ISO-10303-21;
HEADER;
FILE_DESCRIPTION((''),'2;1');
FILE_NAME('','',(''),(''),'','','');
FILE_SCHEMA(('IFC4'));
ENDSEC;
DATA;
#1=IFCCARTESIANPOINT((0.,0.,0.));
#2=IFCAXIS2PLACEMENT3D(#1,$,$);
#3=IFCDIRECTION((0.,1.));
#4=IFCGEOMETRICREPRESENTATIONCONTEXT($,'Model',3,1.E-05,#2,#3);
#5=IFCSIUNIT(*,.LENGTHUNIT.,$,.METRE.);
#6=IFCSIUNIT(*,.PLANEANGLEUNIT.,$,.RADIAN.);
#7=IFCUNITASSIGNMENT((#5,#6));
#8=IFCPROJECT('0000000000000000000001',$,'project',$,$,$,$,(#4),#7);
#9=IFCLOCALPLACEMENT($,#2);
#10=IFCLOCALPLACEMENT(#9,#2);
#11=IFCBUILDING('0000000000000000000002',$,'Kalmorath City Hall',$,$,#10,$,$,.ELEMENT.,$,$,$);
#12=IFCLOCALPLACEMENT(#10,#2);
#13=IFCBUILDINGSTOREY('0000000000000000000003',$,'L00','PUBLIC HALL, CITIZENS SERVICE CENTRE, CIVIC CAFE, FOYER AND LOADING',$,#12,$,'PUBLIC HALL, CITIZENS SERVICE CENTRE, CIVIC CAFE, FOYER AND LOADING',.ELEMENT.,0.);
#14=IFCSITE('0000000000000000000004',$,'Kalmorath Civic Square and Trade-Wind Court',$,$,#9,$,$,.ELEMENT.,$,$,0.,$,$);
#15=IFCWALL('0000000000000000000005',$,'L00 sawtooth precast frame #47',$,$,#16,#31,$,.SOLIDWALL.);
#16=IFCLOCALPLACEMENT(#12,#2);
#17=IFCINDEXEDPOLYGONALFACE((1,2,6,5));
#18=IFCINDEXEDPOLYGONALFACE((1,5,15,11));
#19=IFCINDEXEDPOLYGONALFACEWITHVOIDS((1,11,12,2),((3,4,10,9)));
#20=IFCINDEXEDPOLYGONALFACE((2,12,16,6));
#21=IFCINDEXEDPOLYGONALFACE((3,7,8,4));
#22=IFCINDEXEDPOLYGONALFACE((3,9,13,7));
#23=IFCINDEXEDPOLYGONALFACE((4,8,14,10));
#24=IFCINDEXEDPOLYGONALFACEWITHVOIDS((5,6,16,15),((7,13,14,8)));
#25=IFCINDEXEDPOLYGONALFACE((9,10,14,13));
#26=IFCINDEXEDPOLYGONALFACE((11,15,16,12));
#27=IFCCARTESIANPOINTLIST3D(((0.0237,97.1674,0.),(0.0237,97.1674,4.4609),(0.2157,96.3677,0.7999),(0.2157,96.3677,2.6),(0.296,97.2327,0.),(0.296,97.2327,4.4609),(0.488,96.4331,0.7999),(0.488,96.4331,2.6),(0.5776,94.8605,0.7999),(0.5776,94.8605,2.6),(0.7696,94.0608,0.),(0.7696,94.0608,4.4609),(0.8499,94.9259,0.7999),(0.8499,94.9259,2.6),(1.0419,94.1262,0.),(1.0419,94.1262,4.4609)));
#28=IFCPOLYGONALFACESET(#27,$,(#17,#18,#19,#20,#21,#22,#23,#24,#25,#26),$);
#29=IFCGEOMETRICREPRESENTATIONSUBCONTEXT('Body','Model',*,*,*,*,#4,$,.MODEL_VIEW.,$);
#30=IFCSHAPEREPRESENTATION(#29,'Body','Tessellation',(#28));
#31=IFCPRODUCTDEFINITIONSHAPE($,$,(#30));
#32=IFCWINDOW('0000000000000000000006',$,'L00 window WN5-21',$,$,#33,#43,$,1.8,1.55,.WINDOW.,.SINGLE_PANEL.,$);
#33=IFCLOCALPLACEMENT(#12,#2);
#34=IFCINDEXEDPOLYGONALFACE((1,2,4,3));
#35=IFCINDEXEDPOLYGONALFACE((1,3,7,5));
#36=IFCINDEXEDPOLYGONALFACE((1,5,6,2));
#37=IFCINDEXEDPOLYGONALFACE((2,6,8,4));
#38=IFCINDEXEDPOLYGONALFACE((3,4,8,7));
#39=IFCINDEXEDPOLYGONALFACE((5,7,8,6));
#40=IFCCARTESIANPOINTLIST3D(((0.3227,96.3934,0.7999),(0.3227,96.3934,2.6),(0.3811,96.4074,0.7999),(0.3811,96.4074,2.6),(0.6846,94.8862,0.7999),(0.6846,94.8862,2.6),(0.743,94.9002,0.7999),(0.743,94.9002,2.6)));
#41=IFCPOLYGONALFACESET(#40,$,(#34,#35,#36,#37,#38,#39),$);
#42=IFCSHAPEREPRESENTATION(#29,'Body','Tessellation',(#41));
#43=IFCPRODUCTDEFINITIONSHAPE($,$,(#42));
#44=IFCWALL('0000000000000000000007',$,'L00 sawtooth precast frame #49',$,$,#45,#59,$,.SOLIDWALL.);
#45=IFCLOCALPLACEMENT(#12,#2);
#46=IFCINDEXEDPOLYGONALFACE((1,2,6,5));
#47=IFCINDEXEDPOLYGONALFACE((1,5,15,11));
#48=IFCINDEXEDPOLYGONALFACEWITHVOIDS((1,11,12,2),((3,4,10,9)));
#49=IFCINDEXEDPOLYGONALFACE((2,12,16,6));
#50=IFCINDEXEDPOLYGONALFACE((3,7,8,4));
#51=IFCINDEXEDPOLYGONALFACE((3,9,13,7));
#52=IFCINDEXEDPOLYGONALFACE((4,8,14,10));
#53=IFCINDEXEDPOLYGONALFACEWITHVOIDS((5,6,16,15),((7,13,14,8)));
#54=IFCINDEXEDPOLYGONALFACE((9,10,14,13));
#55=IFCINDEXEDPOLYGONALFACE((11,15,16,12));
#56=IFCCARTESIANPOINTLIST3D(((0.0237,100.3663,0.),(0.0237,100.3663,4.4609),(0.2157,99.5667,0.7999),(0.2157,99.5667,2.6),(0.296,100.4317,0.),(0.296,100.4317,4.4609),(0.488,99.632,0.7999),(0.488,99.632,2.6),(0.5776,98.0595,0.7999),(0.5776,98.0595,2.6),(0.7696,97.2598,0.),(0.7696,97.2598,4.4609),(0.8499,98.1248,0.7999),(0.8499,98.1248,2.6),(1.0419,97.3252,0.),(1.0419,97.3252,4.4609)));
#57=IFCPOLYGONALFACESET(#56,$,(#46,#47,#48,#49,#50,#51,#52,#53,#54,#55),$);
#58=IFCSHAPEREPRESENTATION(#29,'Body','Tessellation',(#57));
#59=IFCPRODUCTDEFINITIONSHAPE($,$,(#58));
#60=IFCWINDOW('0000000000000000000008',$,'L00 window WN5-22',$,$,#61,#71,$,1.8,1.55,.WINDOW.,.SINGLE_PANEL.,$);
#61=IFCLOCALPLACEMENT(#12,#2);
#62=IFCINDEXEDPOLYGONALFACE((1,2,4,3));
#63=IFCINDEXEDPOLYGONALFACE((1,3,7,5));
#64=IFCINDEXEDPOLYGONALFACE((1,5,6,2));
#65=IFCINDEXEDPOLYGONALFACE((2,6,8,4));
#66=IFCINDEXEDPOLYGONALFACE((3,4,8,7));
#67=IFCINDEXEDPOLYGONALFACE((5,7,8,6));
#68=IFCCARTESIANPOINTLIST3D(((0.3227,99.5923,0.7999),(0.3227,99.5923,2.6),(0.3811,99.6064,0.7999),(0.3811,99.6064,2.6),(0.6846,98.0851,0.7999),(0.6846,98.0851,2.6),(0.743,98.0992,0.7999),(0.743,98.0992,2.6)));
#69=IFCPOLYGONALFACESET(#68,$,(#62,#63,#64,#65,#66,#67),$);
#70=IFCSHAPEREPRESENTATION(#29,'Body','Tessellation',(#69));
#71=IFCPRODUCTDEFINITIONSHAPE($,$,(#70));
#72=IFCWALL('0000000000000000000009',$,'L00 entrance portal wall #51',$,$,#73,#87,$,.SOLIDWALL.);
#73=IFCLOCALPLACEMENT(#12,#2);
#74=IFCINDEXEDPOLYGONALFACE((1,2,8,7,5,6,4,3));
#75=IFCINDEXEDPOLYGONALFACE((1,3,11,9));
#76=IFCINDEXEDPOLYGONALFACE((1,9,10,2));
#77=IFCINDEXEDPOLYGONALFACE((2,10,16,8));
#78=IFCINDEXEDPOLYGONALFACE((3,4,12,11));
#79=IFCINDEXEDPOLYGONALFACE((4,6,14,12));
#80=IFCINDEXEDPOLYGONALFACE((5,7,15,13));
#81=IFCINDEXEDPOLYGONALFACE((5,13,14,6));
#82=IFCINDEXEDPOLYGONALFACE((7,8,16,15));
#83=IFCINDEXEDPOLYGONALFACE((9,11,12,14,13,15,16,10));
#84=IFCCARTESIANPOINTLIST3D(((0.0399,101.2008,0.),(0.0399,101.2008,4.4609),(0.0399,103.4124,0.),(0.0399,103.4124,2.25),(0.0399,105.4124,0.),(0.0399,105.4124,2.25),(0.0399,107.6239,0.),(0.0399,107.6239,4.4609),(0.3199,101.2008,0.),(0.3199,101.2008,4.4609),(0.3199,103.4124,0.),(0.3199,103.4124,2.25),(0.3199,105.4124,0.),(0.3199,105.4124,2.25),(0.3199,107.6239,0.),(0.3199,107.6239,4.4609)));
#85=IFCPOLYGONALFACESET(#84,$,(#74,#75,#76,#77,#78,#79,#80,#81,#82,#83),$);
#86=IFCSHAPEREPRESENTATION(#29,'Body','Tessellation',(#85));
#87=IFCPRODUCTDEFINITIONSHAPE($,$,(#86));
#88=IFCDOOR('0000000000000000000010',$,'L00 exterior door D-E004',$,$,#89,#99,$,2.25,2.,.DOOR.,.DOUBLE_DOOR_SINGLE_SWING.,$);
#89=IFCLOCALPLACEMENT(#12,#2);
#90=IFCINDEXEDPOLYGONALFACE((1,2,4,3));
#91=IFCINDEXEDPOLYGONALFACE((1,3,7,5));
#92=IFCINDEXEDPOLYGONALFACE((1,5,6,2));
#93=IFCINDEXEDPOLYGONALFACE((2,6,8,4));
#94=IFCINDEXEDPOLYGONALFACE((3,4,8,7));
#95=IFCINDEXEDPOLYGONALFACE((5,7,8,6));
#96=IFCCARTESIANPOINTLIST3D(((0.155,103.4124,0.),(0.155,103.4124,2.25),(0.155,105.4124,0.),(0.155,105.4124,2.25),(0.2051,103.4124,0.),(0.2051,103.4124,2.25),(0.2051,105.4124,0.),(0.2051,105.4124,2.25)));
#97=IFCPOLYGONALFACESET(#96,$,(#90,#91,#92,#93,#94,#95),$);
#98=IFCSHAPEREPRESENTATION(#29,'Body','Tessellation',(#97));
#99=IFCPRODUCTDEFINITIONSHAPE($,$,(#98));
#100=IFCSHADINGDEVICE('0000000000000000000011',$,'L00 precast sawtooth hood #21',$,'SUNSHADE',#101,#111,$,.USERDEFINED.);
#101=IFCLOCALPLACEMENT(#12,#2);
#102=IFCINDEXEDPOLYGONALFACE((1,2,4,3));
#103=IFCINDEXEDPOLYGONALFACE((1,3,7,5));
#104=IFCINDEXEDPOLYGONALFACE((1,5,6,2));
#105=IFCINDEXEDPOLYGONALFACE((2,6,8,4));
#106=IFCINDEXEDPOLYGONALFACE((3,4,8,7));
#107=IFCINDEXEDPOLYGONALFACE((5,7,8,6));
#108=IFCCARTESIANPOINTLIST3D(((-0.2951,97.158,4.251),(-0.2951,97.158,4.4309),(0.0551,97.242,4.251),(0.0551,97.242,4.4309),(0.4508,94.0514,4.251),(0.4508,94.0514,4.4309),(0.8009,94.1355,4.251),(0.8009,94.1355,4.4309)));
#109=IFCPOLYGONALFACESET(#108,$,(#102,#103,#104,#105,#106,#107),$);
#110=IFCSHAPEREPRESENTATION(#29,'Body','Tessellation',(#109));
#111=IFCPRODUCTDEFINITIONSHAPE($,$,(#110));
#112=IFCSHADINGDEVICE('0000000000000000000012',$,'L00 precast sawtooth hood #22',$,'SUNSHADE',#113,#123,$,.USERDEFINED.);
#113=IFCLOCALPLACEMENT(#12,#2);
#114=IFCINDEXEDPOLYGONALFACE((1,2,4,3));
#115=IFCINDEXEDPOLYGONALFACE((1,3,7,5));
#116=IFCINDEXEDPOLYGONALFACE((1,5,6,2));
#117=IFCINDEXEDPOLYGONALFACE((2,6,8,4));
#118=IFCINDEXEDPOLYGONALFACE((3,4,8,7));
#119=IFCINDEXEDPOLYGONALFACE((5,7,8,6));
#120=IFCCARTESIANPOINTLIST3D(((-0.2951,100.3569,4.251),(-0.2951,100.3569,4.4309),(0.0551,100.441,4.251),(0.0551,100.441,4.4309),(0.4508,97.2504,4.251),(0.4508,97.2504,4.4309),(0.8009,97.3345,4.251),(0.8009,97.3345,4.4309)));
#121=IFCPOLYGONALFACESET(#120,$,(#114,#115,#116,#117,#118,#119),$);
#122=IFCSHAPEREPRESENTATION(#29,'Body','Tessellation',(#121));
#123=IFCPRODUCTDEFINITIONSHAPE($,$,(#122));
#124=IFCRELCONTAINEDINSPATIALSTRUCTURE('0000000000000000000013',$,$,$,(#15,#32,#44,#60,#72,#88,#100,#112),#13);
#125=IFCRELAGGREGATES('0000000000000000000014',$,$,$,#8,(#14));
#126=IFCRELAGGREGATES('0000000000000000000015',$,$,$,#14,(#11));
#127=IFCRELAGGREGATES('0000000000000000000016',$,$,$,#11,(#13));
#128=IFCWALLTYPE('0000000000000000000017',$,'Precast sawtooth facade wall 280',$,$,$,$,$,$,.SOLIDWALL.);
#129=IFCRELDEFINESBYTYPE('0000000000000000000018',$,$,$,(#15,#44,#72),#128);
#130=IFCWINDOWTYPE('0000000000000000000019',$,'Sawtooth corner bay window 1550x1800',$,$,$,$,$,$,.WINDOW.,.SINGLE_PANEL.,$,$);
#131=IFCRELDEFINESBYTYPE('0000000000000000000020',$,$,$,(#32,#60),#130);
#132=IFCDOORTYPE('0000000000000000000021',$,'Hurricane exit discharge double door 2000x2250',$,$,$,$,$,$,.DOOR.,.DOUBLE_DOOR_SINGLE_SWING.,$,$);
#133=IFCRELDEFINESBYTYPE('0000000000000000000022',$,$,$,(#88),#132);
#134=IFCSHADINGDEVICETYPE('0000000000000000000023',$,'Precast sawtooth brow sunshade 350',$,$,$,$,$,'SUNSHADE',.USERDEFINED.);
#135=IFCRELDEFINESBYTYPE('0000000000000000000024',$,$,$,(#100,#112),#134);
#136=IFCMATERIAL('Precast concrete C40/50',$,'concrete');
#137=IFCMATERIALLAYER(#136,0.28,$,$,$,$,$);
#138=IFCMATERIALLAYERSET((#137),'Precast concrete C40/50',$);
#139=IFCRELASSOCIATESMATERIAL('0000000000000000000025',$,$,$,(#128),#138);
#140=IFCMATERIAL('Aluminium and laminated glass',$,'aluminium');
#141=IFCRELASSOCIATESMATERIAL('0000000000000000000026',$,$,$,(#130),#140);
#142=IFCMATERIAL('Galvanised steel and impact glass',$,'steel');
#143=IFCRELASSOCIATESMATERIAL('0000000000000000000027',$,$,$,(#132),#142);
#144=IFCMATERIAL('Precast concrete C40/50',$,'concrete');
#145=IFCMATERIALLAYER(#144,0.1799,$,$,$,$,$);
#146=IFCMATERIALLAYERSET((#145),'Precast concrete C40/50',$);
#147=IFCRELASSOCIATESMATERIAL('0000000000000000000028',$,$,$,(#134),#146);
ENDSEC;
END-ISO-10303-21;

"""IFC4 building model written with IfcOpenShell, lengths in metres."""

from ifc_helpers import new_model, si_unit, direction, frame, frame_2d, origin, origin_2d, place, context, subcontext, project, spatial, rectangle, extrude, material, layer, layer_set, type_object, element, fill, save


model = new_model("IFC4")

# Units and contexts
model_context = context("Model", 3, precision=1e-05, world=origin(), true_north=direction((0.0, 1.0)))
body_context = subcontext(model_context, "Body", "Model", "MODEL_VIEW")
ifc_project = project(units=[si_unit("LENGTHUNIT", "METRE"), si_unit("PLANEANGLEUNIT", "RADIAN")], contexts=[model_context])

# Site, building, storey
site_placement = place(None, origin())
site = spatial("IfcSite", under=ifc_project, at=site_placement, Name="Kalmorath Civic Square and Trade-Wind Court", CompositionType="ELEMENT", RefElevation=0.0)
building_placement = place(site_placement, origin())
building = spatial("IfcBuilding", under=site, at=building_placement, Name="Kalmorath City Hall", CompositionType="ELEMENT")
storey_placement = place(building_placement, origin())
storey = spatial("IfcBuildingStorey", under=building, at=storey_placement, Name="L00", Description="PUBLIC HALL, CITIZENS SERVICE CENTRE, CIVIC CAFE, FOYER AND LOADING", LongName="PUBLIC HALL, CITIZENS SERVICE CENTRE, CIVIC CAFE, FOYER AND LOADING", CompositionType="ELEMENT", Elevation=0.0)

# Walls, openings, windows
ifc_material_1 = material(Name="Precast concrete C40/50", Category="concrete")
ifc_layer_1 = layer(ifc_material_1, 0.28)
ifc_layer_set_1 = layer_set([ifc_layer_1], Name="Precast concrete C40/50")
wall_type_1 = type_object("IfcWallType", Name="Precast sawtooth facade wall 280", PredefinedType="SOLIDWALL", material=ifc_layer_set_1)
wall_1_placement = place(storey_placement, frame((0.9058, 94.0935, 0.0), z_axis=(0.0, 0.0, 1.0), x_axis=(-0.233463, 0.972366, 0.0)))
wall_1 = element("IfcWall", 1, at=wall_1_placement, inside=storey, type_object=wall_type_1, Name="L00 sawtooth precast frame #47", PredefinedType="SOLIDWALL", context=body_context, shape_type="SweptSolid", body=[
    extrude(rectangle(XDim=3.1948, YDim=0.28, at=frame_2d((1.5974, 0.0))), origin(), (0.0, 0.0, 1.0), 4.4609),
])
opening_1_placement = place(wall_1_placement, frame((0.8225, 0.0, 0.8)))
opening_1 = element("IfcOpeningElement", 2, at=opening_1_placement, cuts=wall_1, PredefinedType="OPENING", context=body_context, shape_type="SweptSolid", body=[
    extrude(rectangle(XDim=1.55, YDim=1.8, at=frame_2d((0.7749, 0.8999))), frame((0.0, 0.1499, 0.0), z_axis=(0.0, -1.0, 0.0), x_axis=(1.0, 0.0, 0.0)), (0.0, 0.0, 1.0), 0.3),
])
ifc_material_2 = material(Name="Aluminium and laminated glass", Category="aluminium")
window_type = type_object("IfcWindowType", Name="Sawtooth corner bay window 1550x1800", PartitioningType="SINGLE_PANEL", PredefinedType="WINDOW", material=ifc_material_2)
window_1_placement = place(opening_1_placement, origin())
window_1 = element("IfcWindow", 3, at=window_1_placement, inside=storey, type_object=window_type, Name="L00 window WN5-21", OverallHeight=1.8, OverallWidth=1.55, PartitioningType="SINGLE_PANEL", PredefinedType="WINDOW", context=body_context, shape_type="SweptSolid", body=[
    extrude(rectangle(XDim=1.55, YDim=1.8, at=frame_2d((0.7749, 0.8999))), frame((0.0, 0.03, 0.0), z_axis=(0.0, -1.0, 0.0), x_axis=(1.0, 0.0, 0.0)), (0.0, 0.0, 1.0), 0.0601),
])
fill(opening_1, window_1)
wall_2_placement = place(storey_placement, frame((0.9058, 97.2925, 0.0), z_axis=(0.0, 0.0, 1.0), x_axis=(-0.233463, 0.972366, 0.0)))
wall_2 = element("IfcWall", 4, at=wall_2_placement, inside=storey, type_object=wall_type_1, Name="L00 sawtooth precast frame #49", PredefinedType="SOLIDWALL", context=body_context, shape_type="SweptSolid", body=[
    extrude(rectangle(XDim=3.1948, YDim=0.28, at=frame_2d((1.5974, 0.0))), origin(), (0.0, 0.0, 1.0), 4.4609),
])
opening_2_placement = place(wall_2_placement, frame((0.8225, 0.0, 0.8)))
opening_2 = element("IfcOpeningElement", 5, at=opening_2_placement, cuts=wall_2, PredefinedType="OPENING", context=body_context, shape_type="SweptSolid", body=[
    extrude(rectangle(XDim=1.55, YDim=1.8, at=frame_2d((0.7749, 0.8999))), frame((0.0, 0.1499, 0.0), z_axis=(0.0, -1.0, 0.0), x_axis=(1.0, 0.0, 0.0)), (0.0, 0.0, 1.0), 0.3),
])
window_2_placement = place(opening_2_placement, origin())
window_2 = element("IfcWindow", 6, at=window_2_placement, inside=storey, type_object=window_type, Name="L00 window WN5-22", OverallHeight=1.8, OverallWidth=1.55, PartitioningType="SINGLE_PANEL", PredefinedType="WINDOW", context=body_context, shape_type="SweptSolid", body=[
    extrude(rectangle(XDim=1.55, YDim=1.8, at=frame_2d((0.7749, 0.8999))), frame((0.0, 0.03, 0.0), z_axis=(0.0, -1.0, 0.0), x_axis=(1.0, 0.0, 0.0)), (0.0, 0.0, 1.0), 0.0601),
])
fill(opening_2, window_2)

# Wall, opening, door
wall_3_placement = place(storey_placement, frame((0.1799, 101.2009, 0.0), z_axis=(0.0, 0.0, 1.0), x_axis=(0.0, 1.0, 0.0)))
wall_3 = element("IfcWall", 7, at=wall_3_placement, inside=storey, type_object=wall_type_1, Name="L00 entrance portal wall #51", PredefinedType="SOLIDWALL", context=body_context, shape_type="SweptSolid", body=[
    extrude(rectangle(XDim=6.4231, YDim=0.28, at=frame_2d((3.2114, 0.0))), origin(), (0.0, 0.0, 1.0), 4.4609),
])
opening_3_placement = place(wall_3_placement, frame((2.2114, 0.0, 0.0)))
opening_3 = element("IfcOpeningElement", 8, at=opening_3_placement, cuts=wall_3, PredefinedType="OPENING", context=body_context, shape_type="SweptSolid", body=[
    extrude(rectangle(XDim=2.0, YDim=2.25, at=frame_2d((1.0, 1.125))), frame((0.0, 0.1499, 0.0), z_axis=(0.0, -1.0, 0.0), x_axis=(1.0, 0.0, 0.0)), (0.0, 0.0, 1.0), 0.3),
])
ifc_material_3 = material(Name="Galvanised steel and impact glass", Category="steel")
door_type_1 = type_object("IfcDoorType", Name="Hurricane exit discharge double door 2000x2250", OperationType="DOUBLE_DOOR_SINGLE_SWING", PredefinedType="DOOR", material=ifc_material_3)
door_1_placement = place(opening_3_placement, origin())
door_1 = element("IfcDoor", 9, at=door_1_placement, inside=storey, type_object=door_type_1, Name="L00 exterior door D-E004", OperationType="DOUBLE_DOOR_SINGLE_SWING", OverallHeight=2.25, OverallWidth=2.0, PredefinedType="DOOR", context=body_context, shape_type="SweptSolid", body=[
    extrude(rectangle(XDim=2.0, YDim=2.25, at=frame_2d((1.0, 1.125))), frame((0.0, 0.0249, 0.0), z_axis=(0.0, -1.0, 0.0), x_axis=(1.0, 0.0, 0.0)), (0.0, 0.0, 1.0), 0.05),
])
fill(opening_3, door_1)

# Shading devices
ifc_material_4 = material(Name="Precast concrete C40/50", Category="concrete")
ifc_layer_2 = layer(ifc_material_4, 0.1799)
ifc_layer_set_2 = layer_set([ifc_layer_2], Name="Precast concrete C40/50")
shading_device_type = type_object("IfcShadingDeviceType", Name="Precast sawtooth brow sunshade 350", ElementType="SUNSHADE", PredefinedType="USERDEFINED", material=ifc_layer_set_2)
for number, where, z_axis, x_axis, name in (
    (10, (0.2529, 95.6467, 4.251), (0.0, 0.0, 1.0), (-0.233445, 0.97237, 0.0), "L00 precast sawtooth hood #21"),
    (11, (0.2529, 98.8457, 4.251), (0.0, 0.0, 1.0), (-0.233445, 0.97237, 0.0), "L00 precast sawtooth hood #22"),
):
    element("IfcShadingDevice", number, at=place(storey_placement, frame(where, z_axis=z_axis, x_axis=x_axis)), inside=storey, type_object=shading_device_type, Name=name, ObjectType="SUNSHADE", PredefinedType="USERDEFINED", context=body_context, shape_type="SweptSolid", body=[
        extrude(rectangle(XDim=3.1948, YDim=0.3601, at=origin_2d()), origin(), (0.0, 0.0, 1.0), 0.1799),
    ])

save(model, "model.ifc")
